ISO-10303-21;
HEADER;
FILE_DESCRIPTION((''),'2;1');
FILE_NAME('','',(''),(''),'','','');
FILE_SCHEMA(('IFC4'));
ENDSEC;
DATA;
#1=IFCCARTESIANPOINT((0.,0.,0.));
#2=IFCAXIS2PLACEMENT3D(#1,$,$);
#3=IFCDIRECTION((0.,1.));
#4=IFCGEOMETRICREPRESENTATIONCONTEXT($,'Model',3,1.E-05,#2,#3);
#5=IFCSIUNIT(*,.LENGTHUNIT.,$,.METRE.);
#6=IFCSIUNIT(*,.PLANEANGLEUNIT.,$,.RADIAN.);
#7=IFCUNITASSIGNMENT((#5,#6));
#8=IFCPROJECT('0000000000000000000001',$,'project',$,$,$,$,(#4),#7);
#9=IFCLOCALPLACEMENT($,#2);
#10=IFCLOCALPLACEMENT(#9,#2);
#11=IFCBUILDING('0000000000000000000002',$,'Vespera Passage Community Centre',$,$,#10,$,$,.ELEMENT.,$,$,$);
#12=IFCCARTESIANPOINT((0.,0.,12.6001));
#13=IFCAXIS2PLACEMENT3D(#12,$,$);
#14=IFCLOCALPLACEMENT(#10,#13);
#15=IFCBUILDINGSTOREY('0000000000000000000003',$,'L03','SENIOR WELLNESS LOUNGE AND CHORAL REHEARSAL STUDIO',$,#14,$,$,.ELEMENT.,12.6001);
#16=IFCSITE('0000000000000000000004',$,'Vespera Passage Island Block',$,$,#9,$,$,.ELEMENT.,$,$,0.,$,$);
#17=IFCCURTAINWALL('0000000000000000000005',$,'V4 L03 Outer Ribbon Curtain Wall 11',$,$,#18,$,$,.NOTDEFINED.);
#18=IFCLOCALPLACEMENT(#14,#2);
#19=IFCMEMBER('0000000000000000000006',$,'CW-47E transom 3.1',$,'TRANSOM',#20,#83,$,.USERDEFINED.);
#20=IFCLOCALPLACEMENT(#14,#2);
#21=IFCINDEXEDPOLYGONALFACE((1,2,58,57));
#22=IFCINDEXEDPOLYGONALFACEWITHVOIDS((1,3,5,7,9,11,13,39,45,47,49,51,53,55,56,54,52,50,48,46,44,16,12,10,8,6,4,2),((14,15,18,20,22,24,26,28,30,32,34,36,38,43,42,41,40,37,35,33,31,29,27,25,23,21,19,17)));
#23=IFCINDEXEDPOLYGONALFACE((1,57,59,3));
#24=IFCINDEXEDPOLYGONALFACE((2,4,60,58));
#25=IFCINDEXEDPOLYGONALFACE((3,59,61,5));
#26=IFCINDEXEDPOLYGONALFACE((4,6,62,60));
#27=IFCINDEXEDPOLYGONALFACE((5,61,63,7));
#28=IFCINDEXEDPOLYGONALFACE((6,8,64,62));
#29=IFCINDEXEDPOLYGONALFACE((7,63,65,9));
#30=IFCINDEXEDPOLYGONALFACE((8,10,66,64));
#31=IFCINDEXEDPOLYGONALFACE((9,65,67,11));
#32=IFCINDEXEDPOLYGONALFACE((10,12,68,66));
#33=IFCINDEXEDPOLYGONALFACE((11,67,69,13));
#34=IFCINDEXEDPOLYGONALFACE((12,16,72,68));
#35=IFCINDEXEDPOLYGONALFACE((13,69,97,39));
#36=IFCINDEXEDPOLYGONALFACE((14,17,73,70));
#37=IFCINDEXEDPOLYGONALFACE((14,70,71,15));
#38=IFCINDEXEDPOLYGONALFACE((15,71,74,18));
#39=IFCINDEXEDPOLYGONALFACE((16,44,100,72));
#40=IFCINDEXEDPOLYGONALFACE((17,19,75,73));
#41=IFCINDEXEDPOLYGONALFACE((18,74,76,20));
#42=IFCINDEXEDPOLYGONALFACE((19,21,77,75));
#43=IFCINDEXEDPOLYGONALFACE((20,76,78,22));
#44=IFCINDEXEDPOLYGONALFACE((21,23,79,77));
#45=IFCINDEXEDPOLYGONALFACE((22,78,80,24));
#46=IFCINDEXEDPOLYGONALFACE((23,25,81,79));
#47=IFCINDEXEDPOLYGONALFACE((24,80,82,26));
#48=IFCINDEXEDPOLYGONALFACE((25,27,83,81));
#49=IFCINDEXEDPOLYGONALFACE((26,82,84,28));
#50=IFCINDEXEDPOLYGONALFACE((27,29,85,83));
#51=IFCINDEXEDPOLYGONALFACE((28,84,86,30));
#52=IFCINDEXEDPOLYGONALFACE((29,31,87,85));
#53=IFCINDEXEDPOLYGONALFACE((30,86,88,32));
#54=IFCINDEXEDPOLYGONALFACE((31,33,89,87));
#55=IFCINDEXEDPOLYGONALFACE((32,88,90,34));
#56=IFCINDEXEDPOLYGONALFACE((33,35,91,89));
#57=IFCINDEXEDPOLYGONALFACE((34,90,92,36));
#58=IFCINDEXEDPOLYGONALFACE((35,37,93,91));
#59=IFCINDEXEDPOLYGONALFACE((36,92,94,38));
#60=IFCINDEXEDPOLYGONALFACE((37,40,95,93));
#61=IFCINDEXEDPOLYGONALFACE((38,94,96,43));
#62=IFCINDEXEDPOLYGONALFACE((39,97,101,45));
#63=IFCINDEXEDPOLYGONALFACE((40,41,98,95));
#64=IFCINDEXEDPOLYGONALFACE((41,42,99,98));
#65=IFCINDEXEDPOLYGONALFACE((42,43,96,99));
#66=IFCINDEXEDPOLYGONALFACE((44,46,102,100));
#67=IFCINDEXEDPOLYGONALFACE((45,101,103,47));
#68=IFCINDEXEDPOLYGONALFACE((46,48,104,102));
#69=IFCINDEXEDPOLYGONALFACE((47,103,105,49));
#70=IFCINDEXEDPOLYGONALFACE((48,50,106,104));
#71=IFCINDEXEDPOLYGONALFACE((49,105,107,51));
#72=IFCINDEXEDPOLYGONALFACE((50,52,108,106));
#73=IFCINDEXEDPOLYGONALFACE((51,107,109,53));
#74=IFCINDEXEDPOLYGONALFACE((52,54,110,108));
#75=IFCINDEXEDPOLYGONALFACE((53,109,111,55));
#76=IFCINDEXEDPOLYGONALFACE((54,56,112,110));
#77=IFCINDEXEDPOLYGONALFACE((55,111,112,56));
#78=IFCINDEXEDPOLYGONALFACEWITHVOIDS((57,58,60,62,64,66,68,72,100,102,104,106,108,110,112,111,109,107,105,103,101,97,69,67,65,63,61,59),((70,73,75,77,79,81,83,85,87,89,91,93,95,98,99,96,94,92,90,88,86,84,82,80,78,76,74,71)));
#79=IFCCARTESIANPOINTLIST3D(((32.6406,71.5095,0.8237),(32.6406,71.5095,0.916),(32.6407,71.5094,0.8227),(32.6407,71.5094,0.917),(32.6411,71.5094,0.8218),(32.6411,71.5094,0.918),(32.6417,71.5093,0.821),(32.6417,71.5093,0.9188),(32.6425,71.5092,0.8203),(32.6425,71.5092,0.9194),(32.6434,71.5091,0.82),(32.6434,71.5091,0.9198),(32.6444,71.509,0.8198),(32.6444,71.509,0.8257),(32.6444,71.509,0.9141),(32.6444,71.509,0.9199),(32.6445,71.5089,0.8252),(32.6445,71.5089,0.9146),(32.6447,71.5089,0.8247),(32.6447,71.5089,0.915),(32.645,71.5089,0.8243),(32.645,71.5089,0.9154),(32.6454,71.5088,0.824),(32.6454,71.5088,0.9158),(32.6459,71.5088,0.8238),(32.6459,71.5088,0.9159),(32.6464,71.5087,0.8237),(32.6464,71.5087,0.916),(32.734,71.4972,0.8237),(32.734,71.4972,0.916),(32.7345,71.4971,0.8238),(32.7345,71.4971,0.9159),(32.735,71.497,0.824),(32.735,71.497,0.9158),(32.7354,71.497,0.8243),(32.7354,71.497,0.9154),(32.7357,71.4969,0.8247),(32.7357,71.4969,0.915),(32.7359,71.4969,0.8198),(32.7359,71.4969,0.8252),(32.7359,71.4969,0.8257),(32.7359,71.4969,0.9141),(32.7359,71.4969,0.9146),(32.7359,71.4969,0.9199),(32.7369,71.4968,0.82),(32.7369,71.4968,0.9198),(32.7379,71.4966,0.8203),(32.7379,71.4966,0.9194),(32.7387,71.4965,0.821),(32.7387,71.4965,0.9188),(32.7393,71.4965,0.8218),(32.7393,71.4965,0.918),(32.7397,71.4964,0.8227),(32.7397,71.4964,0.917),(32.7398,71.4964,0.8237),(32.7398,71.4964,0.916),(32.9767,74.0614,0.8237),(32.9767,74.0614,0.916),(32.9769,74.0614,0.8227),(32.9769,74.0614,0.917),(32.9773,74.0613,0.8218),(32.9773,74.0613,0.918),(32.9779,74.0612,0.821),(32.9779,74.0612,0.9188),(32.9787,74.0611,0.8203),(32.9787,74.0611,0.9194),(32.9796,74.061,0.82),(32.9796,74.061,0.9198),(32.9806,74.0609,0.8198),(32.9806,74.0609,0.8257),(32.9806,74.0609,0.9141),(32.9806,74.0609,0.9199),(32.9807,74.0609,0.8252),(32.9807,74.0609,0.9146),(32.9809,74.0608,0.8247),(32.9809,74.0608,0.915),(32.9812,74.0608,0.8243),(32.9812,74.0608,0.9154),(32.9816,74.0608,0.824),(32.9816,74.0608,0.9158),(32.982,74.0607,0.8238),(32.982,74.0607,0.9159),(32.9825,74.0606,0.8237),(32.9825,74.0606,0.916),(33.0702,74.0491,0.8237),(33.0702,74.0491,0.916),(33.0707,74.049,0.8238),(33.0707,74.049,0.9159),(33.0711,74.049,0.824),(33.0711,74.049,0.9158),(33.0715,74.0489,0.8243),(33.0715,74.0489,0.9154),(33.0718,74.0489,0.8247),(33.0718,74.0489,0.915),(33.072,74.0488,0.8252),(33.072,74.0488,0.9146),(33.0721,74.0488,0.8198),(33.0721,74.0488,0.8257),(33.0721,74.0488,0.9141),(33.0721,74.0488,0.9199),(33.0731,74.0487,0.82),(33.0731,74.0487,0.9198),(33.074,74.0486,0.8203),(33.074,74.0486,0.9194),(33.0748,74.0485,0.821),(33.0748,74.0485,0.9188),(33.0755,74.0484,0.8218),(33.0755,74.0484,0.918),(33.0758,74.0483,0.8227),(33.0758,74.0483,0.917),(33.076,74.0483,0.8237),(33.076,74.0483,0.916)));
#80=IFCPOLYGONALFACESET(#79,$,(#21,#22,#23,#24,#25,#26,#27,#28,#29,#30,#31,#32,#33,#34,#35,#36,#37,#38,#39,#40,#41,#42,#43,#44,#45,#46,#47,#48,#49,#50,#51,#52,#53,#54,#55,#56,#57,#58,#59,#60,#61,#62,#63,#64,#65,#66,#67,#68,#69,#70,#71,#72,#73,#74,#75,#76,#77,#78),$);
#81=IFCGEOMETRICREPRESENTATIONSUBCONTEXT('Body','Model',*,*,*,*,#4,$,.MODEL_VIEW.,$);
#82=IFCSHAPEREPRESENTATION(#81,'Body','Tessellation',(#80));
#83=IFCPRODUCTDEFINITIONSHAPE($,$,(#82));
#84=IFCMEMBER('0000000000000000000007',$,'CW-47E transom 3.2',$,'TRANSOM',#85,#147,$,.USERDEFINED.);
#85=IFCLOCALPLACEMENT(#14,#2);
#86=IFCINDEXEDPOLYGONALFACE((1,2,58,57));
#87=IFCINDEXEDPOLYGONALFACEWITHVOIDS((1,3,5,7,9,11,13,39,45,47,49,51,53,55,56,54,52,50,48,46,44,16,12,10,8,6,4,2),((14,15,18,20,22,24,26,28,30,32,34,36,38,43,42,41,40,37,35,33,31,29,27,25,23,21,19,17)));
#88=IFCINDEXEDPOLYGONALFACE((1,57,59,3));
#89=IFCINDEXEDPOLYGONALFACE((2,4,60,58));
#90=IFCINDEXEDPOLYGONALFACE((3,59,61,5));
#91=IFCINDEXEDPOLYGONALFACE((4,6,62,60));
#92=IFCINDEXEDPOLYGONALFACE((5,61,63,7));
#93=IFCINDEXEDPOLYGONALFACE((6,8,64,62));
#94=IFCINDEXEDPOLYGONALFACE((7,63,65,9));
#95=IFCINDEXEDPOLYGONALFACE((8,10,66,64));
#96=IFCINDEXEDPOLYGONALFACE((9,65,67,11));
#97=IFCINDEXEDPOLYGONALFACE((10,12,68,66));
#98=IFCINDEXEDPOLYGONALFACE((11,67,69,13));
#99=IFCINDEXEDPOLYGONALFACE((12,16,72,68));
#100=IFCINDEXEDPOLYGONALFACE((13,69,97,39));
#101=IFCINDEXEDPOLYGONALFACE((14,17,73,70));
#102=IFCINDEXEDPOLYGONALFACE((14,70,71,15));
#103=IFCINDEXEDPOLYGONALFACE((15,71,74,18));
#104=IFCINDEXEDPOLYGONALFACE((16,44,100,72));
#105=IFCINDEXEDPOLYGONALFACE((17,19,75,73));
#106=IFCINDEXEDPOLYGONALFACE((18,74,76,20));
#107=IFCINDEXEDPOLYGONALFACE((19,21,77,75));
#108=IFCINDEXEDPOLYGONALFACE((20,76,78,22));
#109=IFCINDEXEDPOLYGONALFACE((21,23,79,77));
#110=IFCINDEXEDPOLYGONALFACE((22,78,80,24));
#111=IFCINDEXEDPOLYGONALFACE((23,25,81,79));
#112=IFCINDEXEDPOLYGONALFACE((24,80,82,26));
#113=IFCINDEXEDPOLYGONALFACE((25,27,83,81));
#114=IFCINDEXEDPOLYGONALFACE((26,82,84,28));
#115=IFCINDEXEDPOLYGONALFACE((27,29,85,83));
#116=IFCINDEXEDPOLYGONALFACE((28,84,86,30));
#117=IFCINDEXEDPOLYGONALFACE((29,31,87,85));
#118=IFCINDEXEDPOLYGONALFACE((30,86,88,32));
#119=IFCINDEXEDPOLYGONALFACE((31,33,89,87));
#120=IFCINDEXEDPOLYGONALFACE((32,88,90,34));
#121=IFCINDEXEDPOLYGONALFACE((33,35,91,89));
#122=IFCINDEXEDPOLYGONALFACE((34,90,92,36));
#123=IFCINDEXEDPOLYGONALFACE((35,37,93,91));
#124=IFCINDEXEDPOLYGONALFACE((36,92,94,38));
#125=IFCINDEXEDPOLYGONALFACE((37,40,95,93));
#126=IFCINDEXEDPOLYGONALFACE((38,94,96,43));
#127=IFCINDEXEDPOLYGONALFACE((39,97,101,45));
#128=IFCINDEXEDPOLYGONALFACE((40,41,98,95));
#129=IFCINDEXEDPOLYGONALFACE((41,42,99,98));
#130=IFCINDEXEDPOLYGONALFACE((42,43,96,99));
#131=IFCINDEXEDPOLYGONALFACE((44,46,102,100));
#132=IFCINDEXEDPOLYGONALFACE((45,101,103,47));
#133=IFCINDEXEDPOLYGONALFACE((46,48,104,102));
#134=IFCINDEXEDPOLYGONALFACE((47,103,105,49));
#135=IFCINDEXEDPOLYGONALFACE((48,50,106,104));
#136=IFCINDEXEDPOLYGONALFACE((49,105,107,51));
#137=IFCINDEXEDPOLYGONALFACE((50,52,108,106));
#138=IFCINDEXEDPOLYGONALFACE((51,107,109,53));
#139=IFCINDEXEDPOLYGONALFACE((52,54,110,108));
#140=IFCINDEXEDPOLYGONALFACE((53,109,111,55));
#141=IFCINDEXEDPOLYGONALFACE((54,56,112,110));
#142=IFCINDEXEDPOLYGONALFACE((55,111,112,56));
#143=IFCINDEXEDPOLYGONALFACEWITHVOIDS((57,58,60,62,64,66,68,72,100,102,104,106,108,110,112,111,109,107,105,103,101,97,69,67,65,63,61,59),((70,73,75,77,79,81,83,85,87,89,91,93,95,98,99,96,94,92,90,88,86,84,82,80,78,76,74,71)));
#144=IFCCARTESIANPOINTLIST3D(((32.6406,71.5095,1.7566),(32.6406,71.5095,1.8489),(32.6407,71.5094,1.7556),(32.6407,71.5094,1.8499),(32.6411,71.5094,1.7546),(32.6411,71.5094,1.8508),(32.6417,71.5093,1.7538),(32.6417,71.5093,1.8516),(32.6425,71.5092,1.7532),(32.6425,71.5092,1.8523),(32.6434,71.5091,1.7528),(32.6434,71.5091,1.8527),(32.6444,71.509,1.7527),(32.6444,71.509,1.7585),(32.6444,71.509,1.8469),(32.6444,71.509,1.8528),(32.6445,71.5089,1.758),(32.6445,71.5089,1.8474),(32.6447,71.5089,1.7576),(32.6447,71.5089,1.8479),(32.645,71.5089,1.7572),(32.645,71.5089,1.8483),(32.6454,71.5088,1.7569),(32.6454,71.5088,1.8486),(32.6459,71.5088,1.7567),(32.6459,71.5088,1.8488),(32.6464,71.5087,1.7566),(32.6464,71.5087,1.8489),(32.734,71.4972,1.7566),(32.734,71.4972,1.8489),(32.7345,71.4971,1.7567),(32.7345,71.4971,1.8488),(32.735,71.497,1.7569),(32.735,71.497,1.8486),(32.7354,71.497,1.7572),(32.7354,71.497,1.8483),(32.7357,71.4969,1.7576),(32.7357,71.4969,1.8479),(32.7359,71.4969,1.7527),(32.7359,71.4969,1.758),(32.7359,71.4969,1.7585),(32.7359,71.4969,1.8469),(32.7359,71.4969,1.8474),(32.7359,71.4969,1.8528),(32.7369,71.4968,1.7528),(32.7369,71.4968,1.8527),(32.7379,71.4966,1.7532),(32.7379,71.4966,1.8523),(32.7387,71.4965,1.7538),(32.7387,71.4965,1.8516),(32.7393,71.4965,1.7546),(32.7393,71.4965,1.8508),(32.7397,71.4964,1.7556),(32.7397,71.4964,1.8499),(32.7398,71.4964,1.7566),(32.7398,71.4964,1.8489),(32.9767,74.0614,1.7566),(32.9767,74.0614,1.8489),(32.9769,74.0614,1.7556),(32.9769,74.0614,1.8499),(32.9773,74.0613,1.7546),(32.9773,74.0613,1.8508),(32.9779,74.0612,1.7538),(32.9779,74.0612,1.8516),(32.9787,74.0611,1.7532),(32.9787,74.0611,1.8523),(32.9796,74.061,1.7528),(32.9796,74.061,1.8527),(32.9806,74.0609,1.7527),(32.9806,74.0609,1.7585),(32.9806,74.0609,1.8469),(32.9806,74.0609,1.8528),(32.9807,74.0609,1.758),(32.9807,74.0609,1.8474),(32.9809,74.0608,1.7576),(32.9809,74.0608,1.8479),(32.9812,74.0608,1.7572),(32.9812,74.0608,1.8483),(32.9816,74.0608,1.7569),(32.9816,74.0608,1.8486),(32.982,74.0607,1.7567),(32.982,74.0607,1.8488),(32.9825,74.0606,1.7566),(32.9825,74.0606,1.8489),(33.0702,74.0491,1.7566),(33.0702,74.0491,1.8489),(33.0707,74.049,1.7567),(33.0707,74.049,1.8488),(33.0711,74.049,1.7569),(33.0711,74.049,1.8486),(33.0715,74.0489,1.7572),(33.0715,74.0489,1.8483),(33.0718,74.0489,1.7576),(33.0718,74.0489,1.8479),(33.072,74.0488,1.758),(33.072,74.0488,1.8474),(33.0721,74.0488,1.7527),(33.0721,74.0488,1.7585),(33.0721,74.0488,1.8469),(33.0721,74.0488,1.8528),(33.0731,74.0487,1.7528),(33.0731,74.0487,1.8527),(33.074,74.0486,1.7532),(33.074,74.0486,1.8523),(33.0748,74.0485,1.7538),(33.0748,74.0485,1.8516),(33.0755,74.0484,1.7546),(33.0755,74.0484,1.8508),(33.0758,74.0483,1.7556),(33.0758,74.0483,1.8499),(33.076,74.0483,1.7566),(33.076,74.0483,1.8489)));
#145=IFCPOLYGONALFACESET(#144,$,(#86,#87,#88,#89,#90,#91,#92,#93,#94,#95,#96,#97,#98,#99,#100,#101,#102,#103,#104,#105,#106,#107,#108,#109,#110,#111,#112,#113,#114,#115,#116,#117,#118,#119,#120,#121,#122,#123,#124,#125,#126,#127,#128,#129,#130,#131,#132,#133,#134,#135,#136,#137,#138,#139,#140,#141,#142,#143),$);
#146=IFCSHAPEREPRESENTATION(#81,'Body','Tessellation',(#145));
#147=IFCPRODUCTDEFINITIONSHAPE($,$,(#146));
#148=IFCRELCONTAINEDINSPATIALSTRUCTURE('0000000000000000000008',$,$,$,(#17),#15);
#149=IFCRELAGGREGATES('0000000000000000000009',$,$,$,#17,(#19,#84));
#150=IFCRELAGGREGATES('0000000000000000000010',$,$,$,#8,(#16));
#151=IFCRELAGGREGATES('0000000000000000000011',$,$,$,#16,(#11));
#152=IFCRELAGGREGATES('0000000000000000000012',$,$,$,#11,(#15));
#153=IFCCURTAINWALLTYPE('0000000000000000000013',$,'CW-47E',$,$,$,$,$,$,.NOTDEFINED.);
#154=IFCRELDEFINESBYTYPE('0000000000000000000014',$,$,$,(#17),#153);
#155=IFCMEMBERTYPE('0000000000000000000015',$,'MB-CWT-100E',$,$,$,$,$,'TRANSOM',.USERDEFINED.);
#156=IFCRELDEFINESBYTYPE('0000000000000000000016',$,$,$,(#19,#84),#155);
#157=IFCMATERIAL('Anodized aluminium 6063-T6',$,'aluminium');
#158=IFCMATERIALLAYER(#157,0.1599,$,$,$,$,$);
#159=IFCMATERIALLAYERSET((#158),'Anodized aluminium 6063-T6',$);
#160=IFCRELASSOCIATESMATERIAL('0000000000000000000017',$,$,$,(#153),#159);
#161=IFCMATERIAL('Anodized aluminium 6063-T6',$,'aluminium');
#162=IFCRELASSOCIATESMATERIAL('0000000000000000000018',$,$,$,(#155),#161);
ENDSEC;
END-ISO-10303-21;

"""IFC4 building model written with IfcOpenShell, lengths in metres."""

from ifc_helpers import new_model, si_unit, direction, frame, origin, origin_2d, place, context, subcontext, project, spatial, hollow_rectangle, extrude, material, layer, layer_set, material_profile, profile_set, type_object, element, aggregate, save


model = new_model("IFC4")

# Units and contexts
model_context = context("Model", 3, precision=1e-05, world=origin(), true_north=direction((0.0, 1.0)))
body_context = subcontext(model_context, "Body", "Model", "MODEL_VIEW")
ifc_project = project(units=[si_unit("LENGTHUNIT", "METRE"), si_unit("PLANEANGLEUNIT", "RADIAN")], contexts=[model_context])

# Site, building, storey
site_placement = place(None, origin())
site = spatial("IfcSite", under=ifc_project, at=site_placement, Name="Vespera Passage Island Block", CompositionType="ELEMENT", RefElevation=0.0)
building_placement = place(site_placement, origin())
building = spatial("IfcBuilding", under=site, at=building_placement, Name="Vespera Passage Community Centre", CompositionType="ELEMENT")
storey_placement = place(building_placement, frame((0.0, 0.0, 12.6001)))
storey = spatial("IfcBuildingStorey", under=building, at=storey_placement, Name="L03", Description="SENIOR WELLNESS LOUNGE AND CHORAL REHEARSAL STUDIO", CompositionType="ELEMENT", Elevation=12.6001)

# Curtain wall, members
ifc_material_1 = material(Name="Anodized aluminium 6063-T6", Category="aluminium")
ifc_layer_1 = layer(ifc_material_1, 0.1599)
ifc_layer_set_1 = layer_set([ifc_layer_1], Name="Anodized aluminium 6063-T6")
curtain_wall_type_1 = type_object("IfcCurtainWallType", Name="CW-47E", PredefinedType="NOTDEFINED", material=ifc_layer_set_1)
curtain_wall_1_placement = place(storey_placement, origin())
curtain_wall_1 = element("IfcCurtainWall", 1, at=curtain_wall_1_placement, inside=storey, type_object=curtain_wall_type_1, Name="V4 L03 Outer Ribbon Curtain Wall 11", PredefinedType="NOTDEFINED")
ifc_material_2 = material(Name="Anodized aluminium 6063-T6", Category="aluminium")
ifc_material_profile_1 = material_profile(ifc_material_2, hollow_rectangle(XDim=0.1001, YDim=0.1001, WallThickness=0.0039, InnerFilletRadius=0.002, OuterFilletRadius=0.0039, at=origin_2d()), Name="ALU100X100X4")
ifc_profile_set_1 = profile_set([ifc_material_profile_1], Name="Anodized aluminium 6063-T6")
member_type_1 = type_object("IfcMemberType", Name="MB-CWT-100E", ElementType="TRANSOM", PredefinedType="USERDEFINED", material=ifc_profile_set_1)
member_1_placement = place(storey_placement, frame((32.6902, 71.5029, 0.8699), z_axis=(0.130604, 0.991435, 0.0), x_axis=(-0.991435, 0.130604, 0.0)))
member_1 = element("IfcMember", 2, at=member_1_placement, type_object=member_type_1, Name="CW-47E transom 3.1", ObjectType="TRANSOM", PredefinedType="USERDEFINED", context=body_context, shape_type="SweptSolid", body=[
    extrude(hollow_rectangle(XDim=0.1001, YDim=0.1001, WallThickness=0.0039, InnerFilletRadius=0.002, OuterFilletRadius=0.0039, at=origin_2d()), origin(), (0.0, 0.0, 1.0), 2.574),
])
member_2_placement = place(storey_placement, frame((32.6902, 71.5029, 1.8027), z_axis=(0.130604, 0.991435, 0.0), x_axis=(-0.991435, 0.130604, 0.0)))
member_2 = element("IfcMember", 3, at=member_2_placement, type_object=member_type_1, Name="CW-47E transom 3.2", ObjectType="TRANSOM", PredefinedType="USERDEFINED", context=body_context, shape_type="SweptSolid", body=[
    extrude(hollow_rectangle(XDim=0.1001, YDim=0.1001, WallThickness=0.0039, InnerFilletRadius=0.002, OuterFilletRadius=0.0039, at=origin_2d()), origin(), (0.0, 0.0, 1.0), 2.574),
])

aggregate(curtain_wall_1, [member_1, member_2])

save(model, "model.ifc")
